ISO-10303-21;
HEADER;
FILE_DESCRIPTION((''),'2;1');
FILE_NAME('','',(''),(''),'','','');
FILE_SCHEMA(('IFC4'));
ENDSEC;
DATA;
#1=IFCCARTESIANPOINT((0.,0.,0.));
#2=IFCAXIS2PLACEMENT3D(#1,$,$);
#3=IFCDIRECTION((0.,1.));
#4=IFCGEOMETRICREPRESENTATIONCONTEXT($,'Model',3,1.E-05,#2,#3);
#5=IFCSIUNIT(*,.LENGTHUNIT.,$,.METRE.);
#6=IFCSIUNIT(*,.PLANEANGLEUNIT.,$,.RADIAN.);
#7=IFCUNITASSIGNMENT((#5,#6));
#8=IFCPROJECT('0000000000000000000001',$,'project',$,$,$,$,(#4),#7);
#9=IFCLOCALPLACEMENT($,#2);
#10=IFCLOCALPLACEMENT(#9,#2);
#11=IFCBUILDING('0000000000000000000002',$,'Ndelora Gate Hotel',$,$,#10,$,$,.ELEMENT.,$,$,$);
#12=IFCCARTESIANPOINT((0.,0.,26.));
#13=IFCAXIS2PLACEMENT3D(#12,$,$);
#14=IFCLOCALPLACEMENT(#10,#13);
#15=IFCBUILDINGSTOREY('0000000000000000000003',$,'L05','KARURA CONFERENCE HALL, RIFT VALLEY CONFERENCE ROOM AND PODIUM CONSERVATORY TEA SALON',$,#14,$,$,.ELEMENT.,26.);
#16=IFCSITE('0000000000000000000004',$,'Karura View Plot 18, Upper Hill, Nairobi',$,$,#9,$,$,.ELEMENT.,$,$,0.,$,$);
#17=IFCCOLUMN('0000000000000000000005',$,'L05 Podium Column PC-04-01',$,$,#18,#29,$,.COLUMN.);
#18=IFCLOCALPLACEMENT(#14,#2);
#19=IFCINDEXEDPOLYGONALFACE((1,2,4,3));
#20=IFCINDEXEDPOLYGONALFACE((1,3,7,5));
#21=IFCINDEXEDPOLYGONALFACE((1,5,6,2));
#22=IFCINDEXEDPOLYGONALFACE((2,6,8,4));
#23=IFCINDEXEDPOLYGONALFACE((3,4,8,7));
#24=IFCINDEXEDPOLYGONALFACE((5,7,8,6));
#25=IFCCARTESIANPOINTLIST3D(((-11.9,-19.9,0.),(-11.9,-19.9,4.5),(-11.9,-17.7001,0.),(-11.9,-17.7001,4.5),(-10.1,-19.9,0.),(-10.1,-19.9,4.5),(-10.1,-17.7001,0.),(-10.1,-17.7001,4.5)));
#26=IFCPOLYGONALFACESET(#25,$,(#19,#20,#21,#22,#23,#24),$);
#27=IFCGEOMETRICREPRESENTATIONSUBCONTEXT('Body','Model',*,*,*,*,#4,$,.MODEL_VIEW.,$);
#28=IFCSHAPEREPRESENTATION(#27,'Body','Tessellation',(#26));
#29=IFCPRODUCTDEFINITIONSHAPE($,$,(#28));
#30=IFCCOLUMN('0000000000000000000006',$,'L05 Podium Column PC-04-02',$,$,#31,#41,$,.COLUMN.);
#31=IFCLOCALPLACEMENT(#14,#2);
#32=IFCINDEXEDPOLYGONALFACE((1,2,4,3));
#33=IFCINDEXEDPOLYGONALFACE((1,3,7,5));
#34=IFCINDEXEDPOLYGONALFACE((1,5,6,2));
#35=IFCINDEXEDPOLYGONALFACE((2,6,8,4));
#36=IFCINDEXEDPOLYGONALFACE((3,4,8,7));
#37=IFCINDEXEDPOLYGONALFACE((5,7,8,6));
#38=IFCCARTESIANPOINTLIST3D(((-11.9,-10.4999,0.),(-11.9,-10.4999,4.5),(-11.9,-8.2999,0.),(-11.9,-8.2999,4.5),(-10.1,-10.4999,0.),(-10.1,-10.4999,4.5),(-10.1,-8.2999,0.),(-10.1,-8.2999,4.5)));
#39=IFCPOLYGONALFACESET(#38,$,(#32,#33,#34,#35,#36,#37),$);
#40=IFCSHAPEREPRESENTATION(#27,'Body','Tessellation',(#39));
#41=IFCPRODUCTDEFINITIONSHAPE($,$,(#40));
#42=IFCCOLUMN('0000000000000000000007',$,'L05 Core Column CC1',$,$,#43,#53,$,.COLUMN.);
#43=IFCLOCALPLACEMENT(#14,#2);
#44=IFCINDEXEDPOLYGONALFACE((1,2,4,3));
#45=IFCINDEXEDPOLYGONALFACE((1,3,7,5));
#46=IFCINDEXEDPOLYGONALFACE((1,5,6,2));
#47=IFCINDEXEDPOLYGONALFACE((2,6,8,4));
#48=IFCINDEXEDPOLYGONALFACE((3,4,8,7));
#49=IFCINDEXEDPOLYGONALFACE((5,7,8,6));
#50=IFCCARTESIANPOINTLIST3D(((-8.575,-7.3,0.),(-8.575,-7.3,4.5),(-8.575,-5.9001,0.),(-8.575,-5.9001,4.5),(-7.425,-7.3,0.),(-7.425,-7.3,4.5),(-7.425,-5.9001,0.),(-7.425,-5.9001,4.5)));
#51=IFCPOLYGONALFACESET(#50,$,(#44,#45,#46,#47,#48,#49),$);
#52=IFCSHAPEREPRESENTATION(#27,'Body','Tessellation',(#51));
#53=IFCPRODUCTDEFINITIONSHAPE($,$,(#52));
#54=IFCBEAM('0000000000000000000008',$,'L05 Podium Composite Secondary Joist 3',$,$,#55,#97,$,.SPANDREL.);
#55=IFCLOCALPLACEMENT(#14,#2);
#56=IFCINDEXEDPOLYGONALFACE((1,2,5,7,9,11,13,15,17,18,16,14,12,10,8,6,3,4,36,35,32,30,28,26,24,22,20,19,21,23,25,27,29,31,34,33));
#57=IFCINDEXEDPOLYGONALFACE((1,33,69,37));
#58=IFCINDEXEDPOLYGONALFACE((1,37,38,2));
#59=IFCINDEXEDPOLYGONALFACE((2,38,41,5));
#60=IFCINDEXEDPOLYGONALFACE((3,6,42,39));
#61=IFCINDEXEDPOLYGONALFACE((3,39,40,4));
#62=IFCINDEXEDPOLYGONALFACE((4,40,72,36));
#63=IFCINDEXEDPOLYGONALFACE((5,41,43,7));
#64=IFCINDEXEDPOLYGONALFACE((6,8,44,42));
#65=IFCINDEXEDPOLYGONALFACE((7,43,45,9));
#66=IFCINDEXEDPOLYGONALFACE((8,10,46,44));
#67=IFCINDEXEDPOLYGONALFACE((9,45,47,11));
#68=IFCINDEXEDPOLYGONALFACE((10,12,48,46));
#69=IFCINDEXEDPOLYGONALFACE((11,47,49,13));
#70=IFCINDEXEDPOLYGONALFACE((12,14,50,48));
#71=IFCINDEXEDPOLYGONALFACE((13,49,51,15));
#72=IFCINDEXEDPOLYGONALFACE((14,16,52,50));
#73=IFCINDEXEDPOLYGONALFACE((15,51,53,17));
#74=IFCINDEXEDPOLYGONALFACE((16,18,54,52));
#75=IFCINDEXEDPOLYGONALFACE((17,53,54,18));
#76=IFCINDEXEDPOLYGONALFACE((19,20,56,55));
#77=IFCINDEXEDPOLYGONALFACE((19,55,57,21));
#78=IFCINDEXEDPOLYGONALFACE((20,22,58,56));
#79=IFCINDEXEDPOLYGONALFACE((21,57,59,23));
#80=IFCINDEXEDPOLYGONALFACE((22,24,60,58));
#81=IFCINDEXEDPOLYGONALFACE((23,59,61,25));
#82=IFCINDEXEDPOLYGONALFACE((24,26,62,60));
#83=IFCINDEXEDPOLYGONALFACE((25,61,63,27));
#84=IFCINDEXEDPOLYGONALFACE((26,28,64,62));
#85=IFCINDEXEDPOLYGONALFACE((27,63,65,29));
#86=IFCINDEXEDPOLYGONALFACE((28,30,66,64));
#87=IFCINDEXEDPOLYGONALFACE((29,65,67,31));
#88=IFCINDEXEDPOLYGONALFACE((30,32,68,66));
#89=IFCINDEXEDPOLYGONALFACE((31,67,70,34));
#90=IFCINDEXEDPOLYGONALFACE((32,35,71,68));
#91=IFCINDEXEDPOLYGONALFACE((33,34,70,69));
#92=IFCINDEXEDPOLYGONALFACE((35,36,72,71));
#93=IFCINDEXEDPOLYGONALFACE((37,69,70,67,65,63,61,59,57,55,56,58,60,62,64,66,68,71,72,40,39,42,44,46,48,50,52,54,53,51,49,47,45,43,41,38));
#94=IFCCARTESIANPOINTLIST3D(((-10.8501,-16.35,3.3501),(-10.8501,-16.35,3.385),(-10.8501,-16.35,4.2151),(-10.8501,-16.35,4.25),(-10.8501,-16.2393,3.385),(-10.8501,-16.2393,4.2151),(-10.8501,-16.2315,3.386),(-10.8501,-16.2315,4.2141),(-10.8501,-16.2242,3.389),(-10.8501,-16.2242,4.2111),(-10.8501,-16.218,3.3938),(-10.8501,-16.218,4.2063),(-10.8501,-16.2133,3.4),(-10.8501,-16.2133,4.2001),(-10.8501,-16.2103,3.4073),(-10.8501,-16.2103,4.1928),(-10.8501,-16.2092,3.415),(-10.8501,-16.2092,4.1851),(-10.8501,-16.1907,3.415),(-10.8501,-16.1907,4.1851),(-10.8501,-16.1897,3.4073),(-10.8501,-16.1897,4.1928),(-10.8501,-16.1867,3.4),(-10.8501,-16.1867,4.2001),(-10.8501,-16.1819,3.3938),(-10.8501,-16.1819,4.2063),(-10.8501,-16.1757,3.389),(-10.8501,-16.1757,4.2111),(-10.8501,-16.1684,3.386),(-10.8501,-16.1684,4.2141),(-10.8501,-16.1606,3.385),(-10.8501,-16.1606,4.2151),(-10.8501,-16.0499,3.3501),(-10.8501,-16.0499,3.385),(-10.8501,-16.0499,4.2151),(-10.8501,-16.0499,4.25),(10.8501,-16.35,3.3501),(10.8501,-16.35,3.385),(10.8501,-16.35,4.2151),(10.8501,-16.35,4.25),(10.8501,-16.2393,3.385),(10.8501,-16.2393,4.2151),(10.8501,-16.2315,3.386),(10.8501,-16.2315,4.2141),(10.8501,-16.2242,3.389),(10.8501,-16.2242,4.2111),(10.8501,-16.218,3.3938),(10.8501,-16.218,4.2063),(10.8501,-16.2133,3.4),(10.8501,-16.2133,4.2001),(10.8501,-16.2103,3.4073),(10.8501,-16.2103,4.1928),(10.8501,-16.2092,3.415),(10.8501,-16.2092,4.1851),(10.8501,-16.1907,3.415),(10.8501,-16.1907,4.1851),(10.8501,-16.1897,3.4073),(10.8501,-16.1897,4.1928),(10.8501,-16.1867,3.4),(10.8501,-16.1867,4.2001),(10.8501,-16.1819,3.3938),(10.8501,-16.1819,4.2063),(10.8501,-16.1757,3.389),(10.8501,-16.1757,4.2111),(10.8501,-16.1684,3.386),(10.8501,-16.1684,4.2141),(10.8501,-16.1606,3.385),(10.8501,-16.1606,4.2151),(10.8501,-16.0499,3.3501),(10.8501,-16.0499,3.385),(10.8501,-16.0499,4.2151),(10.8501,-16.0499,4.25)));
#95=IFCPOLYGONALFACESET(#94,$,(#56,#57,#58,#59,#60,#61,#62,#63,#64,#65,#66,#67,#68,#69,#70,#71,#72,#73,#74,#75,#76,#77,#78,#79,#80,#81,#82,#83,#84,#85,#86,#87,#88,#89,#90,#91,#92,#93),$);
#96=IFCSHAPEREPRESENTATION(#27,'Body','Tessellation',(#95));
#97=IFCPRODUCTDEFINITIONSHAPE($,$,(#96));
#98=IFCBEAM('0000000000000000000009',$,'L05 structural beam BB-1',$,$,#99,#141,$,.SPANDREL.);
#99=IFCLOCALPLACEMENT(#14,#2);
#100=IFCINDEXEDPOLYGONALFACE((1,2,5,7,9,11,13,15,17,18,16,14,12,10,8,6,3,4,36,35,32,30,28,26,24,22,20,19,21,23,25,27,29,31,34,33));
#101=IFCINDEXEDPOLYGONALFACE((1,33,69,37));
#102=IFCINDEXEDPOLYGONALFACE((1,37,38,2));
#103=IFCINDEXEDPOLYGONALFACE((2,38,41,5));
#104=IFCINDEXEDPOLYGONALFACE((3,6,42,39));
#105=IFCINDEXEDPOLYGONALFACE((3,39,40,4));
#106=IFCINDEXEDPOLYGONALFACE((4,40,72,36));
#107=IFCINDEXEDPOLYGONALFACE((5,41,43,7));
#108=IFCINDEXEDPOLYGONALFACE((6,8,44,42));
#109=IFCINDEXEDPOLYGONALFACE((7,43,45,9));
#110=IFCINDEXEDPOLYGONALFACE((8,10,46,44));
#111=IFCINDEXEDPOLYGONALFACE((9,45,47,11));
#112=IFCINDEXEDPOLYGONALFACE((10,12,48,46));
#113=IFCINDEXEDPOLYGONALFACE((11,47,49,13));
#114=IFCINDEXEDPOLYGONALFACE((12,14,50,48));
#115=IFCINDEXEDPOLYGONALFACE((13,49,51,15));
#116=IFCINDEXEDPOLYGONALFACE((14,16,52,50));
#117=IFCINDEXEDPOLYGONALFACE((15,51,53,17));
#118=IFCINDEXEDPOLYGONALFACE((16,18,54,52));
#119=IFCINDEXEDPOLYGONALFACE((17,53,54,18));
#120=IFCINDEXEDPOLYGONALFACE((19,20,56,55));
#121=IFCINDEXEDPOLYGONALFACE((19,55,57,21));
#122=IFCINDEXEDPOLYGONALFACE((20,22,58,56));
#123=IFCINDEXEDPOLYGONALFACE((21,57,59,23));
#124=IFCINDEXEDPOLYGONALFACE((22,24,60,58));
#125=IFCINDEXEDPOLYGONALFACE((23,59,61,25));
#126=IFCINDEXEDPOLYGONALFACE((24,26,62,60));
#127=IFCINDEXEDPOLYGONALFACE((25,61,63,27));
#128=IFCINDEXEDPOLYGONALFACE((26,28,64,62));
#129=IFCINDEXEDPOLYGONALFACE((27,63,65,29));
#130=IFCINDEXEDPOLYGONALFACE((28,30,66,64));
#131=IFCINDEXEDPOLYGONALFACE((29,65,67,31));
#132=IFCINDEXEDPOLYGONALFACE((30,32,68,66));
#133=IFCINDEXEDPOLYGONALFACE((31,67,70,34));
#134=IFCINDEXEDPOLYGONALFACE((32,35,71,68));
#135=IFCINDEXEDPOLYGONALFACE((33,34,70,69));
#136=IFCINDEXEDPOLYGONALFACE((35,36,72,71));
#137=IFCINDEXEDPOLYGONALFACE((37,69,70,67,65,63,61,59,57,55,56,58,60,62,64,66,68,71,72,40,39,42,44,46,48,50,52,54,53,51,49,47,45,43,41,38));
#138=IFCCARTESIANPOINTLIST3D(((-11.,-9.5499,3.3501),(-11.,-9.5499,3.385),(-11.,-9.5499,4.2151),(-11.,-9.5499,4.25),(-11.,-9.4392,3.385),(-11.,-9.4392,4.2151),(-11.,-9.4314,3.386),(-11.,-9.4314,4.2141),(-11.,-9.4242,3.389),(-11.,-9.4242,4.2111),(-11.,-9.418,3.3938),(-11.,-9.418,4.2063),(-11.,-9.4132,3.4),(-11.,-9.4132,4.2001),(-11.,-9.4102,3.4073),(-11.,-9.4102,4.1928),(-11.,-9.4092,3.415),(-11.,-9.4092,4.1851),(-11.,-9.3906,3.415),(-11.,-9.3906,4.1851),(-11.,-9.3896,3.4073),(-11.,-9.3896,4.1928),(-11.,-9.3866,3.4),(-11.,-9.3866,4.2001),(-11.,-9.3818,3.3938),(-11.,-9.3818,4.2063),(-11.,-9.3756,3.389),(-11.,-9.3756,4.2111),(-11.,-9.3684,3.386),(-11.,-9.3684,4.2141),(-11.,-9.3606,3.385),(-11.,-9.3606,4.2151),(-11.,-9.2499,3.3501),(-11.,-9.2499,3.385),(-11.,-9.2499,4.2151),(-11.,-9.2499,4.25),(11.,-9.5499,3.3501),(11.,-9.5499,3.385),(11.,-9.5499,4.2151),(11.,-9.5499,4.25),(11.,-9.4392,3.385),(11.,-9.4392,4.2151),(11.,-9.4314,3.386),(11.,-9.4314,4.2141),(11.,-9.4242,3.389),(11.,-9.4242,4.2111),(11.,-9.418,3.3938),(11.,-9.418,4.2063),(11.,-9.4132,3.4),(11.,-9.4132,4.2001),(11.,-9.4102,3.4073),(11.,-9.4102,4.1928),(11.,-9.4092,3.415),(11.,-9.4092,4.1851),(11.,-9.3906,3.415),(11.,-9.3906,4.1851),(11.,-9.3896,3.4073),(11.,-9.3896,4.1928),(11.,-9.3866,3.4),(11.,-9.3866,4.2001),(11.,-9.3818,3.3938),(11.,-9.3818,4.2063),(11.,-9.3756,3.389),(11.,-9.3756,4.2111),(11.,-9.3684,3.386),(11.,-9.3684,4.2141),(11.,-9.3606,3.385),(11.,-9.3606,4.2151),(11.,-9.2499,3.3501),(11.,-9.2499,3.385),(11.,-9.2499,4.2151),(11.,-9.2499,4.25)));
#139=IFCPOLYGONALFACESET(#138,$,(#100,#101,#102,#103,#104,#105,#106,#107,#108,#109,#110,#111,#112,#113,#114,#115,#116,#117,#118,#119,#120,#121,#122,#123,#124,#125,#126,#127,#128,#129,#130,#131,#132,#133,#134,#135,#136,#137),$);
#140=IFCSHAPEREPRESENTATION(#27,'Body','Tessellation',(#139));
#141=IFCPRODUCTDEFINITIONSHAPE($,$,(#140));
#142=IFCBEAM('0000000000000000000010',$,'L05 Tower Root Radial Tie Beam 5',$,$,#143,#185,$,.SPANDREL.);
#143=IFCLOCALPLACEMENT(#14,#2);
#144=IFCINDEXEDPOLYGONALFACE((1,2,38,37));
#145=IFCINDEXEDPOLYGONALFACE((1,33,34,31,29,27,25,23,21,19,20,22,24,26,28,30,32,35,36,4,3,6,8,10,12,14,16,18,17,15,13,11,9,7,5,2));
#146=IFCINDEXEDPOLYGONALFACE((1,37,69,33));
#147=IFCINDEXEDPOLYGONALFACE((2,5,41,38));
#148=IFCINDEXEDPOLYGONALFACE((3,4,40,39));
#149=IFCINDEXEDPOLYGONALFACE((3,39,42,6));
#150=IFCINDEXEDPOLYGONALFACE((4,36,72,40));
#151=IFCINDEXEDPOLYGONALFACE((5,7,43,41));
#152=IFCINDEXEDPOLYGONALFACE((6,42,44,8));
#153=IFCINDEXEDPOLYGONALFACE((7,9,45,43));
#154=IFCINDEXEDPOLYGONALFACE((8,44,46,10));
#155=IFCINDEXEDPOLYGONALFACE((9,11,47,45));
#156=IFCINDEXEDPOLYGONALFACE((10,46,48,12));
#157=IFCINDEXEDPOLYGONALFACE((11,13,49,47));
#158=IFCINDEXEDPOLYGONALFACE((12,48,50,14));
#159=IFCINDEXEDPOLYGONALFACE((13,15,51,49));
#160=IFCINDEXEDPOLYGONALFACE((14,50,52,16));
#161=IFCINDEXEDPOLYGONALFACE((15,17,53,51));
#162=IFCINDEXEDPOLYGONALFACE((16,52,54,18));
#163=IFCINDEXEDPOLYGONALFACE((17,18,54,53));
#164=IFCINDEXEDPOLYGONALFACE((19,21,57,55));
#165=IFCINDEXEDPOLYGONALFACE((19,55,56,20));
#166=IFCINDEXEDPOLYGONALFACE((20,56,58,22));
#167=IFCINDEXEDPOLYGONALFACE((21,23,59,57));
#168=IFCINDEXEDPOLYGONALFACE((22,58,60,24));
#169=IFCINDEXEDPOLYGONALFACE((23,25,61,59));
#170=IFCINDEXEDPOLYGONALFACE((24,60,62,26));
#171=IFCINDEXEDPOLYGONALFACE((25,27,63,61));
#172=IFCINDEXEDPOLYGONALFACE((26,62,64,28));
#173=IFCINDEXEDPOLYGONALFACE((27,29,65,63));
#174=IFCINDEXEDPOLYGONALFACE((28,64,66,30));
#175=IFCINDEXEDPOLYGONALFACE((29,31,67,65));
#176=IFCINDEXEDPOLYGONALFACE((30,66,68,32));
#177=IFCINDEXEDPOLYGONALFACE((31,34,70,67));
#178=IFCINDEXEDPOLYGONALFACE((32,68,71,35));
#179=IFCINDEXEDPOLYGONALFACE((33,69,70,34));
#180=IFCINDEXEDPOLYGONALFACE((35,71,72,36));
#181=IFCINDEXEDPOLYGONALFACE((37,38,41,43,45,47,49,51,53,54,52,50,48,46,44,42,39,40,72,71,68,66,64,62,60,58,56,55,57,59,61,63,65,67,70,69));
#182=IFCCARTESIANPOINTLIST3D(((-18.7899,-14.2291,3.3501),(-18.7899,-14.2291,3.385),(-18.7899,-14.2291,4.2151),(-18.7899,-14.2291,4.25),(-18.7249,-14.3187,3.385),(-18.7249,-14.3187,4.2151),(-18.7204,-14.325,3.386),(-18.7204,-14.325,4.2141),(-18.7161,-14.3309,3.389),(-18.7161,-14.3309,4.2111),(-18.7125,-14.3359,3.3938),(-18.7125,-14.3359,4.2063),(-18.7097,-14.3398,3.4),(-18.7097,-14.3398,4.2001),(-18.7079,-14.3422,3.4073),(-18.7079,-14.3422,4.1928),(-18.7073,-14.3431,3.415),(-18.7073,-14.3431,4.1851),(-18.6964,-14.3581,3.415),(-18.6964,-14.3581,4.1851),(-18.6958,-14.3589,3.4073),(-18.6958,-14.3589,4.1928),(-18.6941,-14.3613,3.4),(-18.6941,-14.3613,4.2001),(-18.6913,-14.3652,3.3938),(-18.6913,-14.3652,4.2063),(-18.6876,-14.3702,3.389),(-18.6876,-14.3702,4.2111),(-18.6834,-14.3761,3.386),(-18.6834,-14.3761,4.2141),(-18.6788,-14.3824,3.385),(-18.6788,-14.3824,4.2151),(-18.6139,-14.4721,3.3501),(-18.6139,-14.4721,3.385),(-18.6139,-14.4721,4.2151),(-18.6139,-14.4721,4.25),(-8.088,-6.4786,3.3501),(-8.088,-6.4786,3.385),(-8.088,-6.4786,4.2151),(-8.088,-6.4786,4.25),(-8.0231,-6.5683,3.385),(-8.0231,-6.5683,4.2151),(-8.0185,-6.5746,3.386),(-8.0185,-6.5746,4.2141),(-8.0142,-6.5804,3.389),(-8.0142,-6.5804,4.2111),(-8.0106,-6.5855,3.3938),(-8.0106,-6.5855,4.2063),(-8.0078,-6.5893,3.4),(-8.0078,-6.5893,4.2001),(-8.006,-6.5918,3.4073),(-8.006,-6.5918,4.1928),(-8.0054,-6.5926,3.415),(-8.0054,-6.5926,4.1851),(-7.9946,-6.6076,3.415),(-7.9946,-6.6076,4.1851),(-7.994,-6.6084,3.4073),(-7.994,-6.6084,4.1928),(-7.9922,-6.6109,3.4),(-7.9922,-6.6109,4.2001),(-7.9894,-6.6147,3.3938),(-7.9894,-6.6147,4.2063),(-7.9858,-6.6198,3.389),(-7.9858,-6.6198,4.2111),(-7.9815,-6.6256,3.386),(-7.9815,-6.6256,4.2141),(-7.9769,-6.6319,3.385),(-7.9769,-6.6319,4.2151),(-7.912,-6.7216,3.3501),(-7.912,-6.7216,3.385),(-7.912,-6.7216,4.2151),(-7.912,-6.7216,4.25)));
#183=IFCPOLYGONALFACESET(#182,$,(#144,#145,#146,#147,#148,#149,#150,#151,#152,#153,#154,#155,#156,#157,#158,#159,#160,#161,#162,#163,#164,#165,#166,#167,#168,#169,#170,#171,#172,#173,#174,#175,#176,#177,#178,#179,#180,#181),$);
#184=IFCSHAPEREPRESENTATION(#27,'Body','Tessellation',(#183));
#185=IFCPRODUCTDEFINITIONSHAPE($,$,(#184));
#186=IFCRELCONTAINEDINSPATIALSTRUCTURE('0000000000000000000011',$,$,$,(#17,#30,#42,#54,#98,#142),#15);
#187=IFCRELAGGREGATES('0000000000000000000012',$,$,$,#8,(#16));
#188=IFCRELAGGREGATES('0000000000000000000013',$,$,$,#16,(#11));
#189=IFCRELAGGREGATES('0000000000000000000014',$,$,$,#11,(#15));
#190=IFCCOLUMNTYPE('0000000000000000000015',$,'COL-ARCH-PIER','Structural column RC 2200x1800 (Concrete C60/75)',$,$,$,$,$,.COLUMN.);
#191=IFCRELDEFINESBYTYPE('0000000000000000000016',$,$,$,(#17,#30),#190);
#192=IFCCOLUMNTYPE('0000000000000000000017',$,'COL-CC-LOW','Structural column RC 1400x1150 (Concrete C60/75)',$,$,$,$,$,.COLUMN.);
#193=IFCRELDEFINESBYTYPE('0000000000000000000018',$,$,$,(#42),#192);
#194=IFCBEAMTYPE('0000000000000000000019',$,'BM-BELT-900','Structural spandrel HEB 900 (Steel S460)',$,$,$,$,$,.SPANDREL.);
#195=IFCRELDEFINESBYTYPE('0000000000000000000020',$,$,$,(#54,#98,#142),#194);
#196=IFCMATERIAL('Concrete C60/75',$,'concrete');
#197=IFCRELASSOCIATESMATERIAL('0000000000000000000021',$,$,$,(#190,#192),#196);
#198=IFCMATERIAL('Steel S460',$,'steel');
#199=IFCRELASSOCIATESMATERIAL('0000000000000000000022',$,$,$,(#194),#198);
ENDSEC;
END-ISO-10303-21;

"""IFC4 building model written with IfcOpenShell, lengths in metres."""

from ifc_helpers import new_model, si_unit, direction, frame, origin, origin_2d, place, context, subcontext, project, spatial, rectangle, i_section, extrude, material, material_profile, profile_set, type_object, element, save


model = new_model("IFC4")

# Units and contexts
model_context = context("Model", 3, precision=1e-05, world=origin(), true_north=direction((0.0, 1.0)))
body_context = subcontext(model_context, "Body", "Model", "MODEL_VIEW")
ifc_project = project(units=[si_unit("LENGTHUNIT", "METRE"), si_unit("PLANEANGLEUNIT", "RADIAN")], contexts=[model_context])

# Site, building, storey
site_placement = place(None, origin())
site = spatial("IfcSite", under=ifc_project, at=site_placement, Name="Karura View Plot 18, Upper Hill, Nairobi", CompositionType="ELEMENT", RefElevation=0.0)
building_placement = place(site_placement, origin())
building = spatial("IfcBuilding", under=site, at=building_placement, Name="Ndelora Gate Hotel", CompositionType="ELEMENT")
storey_placement = place(building_placement, frame((0.0, 0.0, 26.0)))
storey = spatial("IfcBuildingStorey", under=building, at=storey_placement, Name="L05", Description="KARURA CONFERENCE HALL, RIFT VALLEY CONFERENCE ROOM AND PODIUM CONSERVATORY TEA SALON", CompositionType="ELEMENT", Elevation=26.0)

# Columns
ifc_material_1 = material(Name="Concrete C60/75", Category="concrete")
ifc_material_profile_1 = material_profile(ifc_material_1, rectangle(XDim=1.8, YDim=2.2, at=origin_2d()), Name="RC 2200x1800")
ifc_profile_set_1 = profile_set([ifc_material_profile_1], Name="Concrete C60/75")
column_type_1 = type_object("IfcColumnType", Name="COL-ARCH-PIER", Description="Structural column RC 2200x1800 (Concrete C60/75)", PredefinedType="COLUMN", material=ifc_profile_set_1)
for number, where, z_axis, x_axis, name in (
    (1, (-11.0, -18.8, 0.0), (0.0, 0.0, 1.0), (1.0, 0.0, 0.0), "L05 Podium Column PC-04-01"),
    (2, (-11.0, -9.3999, 0.0), (0.0, 0.0, 1.0), (1.0, 0.0, 0.0), "L05 Podium Column PC-04-02"),
):
    element("IfcColumn", number, at=place(storey_placement, frame(where, z_axis=z_axis, x_axis=x_axis)), inside=storey, type_object=column_type_1, Name=name, PredefinedType="COLUMN", context=body_context, shape_type="SweptSolid", body=[
        extrude(rectangle(XDim=1.8, YDim=2.2, at=origin_2d()), origin(), (0.0, 0.0, 1.0), 4.5),
    ])
ifc_material_profile_2 = material_profile(ifc_material_1, rectangle(XDim=1.1499, YDim=1.3999, at=origin_2d()), Name="RC 1400x1150")
ifc_profile_set_2 = profile_set([ifc_material_profile_2], Name="Concrete C60/75")
column_type_2 = type_object("IfcColumnType", Name="COL-CC-LOW", Description="Structural column RC 1400x1150 (Concrete C60/75)", PredefinedType="COLUMN", material=ifc_profile_set_2)
column_placement = place(storey_placement, frame((-8.0, -6.6001, 0.0), z_axis=(0.0, 0.0, 1.0), x_axis=(1.0, 0.0, 0.0)))
element("IfcColumn", 3, at=column_placement, inside=storey, type_object=column_type_2, Name="L05 Core Column CC1", PredefinedType="COLUMN", context=body_context, shape_type="SweptSolid", body=[
    extrude(rectangle(XDim=1.1499, YDim=1.3999, at=origin_2d()), origin(), (0.0, 0.0, 1.0), 4.5),
])

# Beams
ifc_material_2 = material(Name="Steel S460", Category="steel")
ifc_material_profile_3 = material_profile(ifc_material_2, i_section(OverallWidth=0.3, OverallDepth=0.8999, WebThickness=0.0186, FlangeThickness=0.0349, FilletRadius=0.03, at=origin_2d()), Name="HEB 900")
ifc_profile_set_3 = profile_set([ifc_material_profile_3], Name="Steel S460")
beam_type_1 = type_object("IfcBeamType", Name="BM-BELT-900", Description="Structural spandrel HEB 900 (Steel S460)", PredefinedType="SPANDREL", material=ifc_profile_set_3)
beam_1_placement = place(storey_placement, frame((-10.8501, -16.2, 3.8), z_axis=(1.0, 0.0, 0.0), x_axis=(0.0, 1.0, 0.0)))
element("IfcBeam", 4, at=beam_1_placement, inside=storey, type_object=beam_type_1, Name="L05 Podium Composite Secondary Joist 3", PredefinedType="SPANDREL", context=body_context, shape_type="SweptSolid", body=[
    extrude(i_section(OverallWidth=0.3, OverallDepth=0.8999, WebThickness=0.0186, FlangeThickness=0.0349, FilletRadius=0.03, at=origin_2d()), origin(), (0.0, 0.0, 1.0), 21.7002),
])
beam_2_placement = place(storey_placement, frame((-11.0, -9.3999, 3.8), z_axis=(1.0, 0.0, 0.0), x_axis=(0.0, 1.0, 0.0)))
element("IfcBeam", 5, at=beam_2_placement, inside=storey, type_object=beam_type_1, Name="L05 structural beam BB-1", PredefinedType="SPANDREL", context=body_context, shape_type="SweptSolid", body=[
    extrude(i_section(OverallWidth=0.3, OverallDepth=0.8999, WebThickness=0.0186, FlangeThickness=0.0349, FilletRadius=0.03, at=origin_2d()), origin(), (0.0, 0.0, 1.0), 22.0),
])
beam_3_placement = place(storey_placement, frame((-8.0, -6.6001, 3.8), z_axis=(-0.809912, -0.586551, 0.0), x_axis=(0.586551, -0.809912, 0.0)))
element("IfcBeam", 6, at=beam_3_placement, inside=storey, type_object=beam_type_1, Name="L05 Tower Root Radial Tie Beam 5", PredefinedType="SPANDREL", context=body_context, shape_type="SweptSolid", body=[
    extrude(i_section(OverallWidth=0.3, OverallDepth=0.8999, WebThickness=0.0186, FlangeThickness=0.0349, FilletRadius=0.03, at=origin_2d()), origin(), (0.0, 0.0, 1.0), 13.2136),
])

save(model, "model.ifc")
